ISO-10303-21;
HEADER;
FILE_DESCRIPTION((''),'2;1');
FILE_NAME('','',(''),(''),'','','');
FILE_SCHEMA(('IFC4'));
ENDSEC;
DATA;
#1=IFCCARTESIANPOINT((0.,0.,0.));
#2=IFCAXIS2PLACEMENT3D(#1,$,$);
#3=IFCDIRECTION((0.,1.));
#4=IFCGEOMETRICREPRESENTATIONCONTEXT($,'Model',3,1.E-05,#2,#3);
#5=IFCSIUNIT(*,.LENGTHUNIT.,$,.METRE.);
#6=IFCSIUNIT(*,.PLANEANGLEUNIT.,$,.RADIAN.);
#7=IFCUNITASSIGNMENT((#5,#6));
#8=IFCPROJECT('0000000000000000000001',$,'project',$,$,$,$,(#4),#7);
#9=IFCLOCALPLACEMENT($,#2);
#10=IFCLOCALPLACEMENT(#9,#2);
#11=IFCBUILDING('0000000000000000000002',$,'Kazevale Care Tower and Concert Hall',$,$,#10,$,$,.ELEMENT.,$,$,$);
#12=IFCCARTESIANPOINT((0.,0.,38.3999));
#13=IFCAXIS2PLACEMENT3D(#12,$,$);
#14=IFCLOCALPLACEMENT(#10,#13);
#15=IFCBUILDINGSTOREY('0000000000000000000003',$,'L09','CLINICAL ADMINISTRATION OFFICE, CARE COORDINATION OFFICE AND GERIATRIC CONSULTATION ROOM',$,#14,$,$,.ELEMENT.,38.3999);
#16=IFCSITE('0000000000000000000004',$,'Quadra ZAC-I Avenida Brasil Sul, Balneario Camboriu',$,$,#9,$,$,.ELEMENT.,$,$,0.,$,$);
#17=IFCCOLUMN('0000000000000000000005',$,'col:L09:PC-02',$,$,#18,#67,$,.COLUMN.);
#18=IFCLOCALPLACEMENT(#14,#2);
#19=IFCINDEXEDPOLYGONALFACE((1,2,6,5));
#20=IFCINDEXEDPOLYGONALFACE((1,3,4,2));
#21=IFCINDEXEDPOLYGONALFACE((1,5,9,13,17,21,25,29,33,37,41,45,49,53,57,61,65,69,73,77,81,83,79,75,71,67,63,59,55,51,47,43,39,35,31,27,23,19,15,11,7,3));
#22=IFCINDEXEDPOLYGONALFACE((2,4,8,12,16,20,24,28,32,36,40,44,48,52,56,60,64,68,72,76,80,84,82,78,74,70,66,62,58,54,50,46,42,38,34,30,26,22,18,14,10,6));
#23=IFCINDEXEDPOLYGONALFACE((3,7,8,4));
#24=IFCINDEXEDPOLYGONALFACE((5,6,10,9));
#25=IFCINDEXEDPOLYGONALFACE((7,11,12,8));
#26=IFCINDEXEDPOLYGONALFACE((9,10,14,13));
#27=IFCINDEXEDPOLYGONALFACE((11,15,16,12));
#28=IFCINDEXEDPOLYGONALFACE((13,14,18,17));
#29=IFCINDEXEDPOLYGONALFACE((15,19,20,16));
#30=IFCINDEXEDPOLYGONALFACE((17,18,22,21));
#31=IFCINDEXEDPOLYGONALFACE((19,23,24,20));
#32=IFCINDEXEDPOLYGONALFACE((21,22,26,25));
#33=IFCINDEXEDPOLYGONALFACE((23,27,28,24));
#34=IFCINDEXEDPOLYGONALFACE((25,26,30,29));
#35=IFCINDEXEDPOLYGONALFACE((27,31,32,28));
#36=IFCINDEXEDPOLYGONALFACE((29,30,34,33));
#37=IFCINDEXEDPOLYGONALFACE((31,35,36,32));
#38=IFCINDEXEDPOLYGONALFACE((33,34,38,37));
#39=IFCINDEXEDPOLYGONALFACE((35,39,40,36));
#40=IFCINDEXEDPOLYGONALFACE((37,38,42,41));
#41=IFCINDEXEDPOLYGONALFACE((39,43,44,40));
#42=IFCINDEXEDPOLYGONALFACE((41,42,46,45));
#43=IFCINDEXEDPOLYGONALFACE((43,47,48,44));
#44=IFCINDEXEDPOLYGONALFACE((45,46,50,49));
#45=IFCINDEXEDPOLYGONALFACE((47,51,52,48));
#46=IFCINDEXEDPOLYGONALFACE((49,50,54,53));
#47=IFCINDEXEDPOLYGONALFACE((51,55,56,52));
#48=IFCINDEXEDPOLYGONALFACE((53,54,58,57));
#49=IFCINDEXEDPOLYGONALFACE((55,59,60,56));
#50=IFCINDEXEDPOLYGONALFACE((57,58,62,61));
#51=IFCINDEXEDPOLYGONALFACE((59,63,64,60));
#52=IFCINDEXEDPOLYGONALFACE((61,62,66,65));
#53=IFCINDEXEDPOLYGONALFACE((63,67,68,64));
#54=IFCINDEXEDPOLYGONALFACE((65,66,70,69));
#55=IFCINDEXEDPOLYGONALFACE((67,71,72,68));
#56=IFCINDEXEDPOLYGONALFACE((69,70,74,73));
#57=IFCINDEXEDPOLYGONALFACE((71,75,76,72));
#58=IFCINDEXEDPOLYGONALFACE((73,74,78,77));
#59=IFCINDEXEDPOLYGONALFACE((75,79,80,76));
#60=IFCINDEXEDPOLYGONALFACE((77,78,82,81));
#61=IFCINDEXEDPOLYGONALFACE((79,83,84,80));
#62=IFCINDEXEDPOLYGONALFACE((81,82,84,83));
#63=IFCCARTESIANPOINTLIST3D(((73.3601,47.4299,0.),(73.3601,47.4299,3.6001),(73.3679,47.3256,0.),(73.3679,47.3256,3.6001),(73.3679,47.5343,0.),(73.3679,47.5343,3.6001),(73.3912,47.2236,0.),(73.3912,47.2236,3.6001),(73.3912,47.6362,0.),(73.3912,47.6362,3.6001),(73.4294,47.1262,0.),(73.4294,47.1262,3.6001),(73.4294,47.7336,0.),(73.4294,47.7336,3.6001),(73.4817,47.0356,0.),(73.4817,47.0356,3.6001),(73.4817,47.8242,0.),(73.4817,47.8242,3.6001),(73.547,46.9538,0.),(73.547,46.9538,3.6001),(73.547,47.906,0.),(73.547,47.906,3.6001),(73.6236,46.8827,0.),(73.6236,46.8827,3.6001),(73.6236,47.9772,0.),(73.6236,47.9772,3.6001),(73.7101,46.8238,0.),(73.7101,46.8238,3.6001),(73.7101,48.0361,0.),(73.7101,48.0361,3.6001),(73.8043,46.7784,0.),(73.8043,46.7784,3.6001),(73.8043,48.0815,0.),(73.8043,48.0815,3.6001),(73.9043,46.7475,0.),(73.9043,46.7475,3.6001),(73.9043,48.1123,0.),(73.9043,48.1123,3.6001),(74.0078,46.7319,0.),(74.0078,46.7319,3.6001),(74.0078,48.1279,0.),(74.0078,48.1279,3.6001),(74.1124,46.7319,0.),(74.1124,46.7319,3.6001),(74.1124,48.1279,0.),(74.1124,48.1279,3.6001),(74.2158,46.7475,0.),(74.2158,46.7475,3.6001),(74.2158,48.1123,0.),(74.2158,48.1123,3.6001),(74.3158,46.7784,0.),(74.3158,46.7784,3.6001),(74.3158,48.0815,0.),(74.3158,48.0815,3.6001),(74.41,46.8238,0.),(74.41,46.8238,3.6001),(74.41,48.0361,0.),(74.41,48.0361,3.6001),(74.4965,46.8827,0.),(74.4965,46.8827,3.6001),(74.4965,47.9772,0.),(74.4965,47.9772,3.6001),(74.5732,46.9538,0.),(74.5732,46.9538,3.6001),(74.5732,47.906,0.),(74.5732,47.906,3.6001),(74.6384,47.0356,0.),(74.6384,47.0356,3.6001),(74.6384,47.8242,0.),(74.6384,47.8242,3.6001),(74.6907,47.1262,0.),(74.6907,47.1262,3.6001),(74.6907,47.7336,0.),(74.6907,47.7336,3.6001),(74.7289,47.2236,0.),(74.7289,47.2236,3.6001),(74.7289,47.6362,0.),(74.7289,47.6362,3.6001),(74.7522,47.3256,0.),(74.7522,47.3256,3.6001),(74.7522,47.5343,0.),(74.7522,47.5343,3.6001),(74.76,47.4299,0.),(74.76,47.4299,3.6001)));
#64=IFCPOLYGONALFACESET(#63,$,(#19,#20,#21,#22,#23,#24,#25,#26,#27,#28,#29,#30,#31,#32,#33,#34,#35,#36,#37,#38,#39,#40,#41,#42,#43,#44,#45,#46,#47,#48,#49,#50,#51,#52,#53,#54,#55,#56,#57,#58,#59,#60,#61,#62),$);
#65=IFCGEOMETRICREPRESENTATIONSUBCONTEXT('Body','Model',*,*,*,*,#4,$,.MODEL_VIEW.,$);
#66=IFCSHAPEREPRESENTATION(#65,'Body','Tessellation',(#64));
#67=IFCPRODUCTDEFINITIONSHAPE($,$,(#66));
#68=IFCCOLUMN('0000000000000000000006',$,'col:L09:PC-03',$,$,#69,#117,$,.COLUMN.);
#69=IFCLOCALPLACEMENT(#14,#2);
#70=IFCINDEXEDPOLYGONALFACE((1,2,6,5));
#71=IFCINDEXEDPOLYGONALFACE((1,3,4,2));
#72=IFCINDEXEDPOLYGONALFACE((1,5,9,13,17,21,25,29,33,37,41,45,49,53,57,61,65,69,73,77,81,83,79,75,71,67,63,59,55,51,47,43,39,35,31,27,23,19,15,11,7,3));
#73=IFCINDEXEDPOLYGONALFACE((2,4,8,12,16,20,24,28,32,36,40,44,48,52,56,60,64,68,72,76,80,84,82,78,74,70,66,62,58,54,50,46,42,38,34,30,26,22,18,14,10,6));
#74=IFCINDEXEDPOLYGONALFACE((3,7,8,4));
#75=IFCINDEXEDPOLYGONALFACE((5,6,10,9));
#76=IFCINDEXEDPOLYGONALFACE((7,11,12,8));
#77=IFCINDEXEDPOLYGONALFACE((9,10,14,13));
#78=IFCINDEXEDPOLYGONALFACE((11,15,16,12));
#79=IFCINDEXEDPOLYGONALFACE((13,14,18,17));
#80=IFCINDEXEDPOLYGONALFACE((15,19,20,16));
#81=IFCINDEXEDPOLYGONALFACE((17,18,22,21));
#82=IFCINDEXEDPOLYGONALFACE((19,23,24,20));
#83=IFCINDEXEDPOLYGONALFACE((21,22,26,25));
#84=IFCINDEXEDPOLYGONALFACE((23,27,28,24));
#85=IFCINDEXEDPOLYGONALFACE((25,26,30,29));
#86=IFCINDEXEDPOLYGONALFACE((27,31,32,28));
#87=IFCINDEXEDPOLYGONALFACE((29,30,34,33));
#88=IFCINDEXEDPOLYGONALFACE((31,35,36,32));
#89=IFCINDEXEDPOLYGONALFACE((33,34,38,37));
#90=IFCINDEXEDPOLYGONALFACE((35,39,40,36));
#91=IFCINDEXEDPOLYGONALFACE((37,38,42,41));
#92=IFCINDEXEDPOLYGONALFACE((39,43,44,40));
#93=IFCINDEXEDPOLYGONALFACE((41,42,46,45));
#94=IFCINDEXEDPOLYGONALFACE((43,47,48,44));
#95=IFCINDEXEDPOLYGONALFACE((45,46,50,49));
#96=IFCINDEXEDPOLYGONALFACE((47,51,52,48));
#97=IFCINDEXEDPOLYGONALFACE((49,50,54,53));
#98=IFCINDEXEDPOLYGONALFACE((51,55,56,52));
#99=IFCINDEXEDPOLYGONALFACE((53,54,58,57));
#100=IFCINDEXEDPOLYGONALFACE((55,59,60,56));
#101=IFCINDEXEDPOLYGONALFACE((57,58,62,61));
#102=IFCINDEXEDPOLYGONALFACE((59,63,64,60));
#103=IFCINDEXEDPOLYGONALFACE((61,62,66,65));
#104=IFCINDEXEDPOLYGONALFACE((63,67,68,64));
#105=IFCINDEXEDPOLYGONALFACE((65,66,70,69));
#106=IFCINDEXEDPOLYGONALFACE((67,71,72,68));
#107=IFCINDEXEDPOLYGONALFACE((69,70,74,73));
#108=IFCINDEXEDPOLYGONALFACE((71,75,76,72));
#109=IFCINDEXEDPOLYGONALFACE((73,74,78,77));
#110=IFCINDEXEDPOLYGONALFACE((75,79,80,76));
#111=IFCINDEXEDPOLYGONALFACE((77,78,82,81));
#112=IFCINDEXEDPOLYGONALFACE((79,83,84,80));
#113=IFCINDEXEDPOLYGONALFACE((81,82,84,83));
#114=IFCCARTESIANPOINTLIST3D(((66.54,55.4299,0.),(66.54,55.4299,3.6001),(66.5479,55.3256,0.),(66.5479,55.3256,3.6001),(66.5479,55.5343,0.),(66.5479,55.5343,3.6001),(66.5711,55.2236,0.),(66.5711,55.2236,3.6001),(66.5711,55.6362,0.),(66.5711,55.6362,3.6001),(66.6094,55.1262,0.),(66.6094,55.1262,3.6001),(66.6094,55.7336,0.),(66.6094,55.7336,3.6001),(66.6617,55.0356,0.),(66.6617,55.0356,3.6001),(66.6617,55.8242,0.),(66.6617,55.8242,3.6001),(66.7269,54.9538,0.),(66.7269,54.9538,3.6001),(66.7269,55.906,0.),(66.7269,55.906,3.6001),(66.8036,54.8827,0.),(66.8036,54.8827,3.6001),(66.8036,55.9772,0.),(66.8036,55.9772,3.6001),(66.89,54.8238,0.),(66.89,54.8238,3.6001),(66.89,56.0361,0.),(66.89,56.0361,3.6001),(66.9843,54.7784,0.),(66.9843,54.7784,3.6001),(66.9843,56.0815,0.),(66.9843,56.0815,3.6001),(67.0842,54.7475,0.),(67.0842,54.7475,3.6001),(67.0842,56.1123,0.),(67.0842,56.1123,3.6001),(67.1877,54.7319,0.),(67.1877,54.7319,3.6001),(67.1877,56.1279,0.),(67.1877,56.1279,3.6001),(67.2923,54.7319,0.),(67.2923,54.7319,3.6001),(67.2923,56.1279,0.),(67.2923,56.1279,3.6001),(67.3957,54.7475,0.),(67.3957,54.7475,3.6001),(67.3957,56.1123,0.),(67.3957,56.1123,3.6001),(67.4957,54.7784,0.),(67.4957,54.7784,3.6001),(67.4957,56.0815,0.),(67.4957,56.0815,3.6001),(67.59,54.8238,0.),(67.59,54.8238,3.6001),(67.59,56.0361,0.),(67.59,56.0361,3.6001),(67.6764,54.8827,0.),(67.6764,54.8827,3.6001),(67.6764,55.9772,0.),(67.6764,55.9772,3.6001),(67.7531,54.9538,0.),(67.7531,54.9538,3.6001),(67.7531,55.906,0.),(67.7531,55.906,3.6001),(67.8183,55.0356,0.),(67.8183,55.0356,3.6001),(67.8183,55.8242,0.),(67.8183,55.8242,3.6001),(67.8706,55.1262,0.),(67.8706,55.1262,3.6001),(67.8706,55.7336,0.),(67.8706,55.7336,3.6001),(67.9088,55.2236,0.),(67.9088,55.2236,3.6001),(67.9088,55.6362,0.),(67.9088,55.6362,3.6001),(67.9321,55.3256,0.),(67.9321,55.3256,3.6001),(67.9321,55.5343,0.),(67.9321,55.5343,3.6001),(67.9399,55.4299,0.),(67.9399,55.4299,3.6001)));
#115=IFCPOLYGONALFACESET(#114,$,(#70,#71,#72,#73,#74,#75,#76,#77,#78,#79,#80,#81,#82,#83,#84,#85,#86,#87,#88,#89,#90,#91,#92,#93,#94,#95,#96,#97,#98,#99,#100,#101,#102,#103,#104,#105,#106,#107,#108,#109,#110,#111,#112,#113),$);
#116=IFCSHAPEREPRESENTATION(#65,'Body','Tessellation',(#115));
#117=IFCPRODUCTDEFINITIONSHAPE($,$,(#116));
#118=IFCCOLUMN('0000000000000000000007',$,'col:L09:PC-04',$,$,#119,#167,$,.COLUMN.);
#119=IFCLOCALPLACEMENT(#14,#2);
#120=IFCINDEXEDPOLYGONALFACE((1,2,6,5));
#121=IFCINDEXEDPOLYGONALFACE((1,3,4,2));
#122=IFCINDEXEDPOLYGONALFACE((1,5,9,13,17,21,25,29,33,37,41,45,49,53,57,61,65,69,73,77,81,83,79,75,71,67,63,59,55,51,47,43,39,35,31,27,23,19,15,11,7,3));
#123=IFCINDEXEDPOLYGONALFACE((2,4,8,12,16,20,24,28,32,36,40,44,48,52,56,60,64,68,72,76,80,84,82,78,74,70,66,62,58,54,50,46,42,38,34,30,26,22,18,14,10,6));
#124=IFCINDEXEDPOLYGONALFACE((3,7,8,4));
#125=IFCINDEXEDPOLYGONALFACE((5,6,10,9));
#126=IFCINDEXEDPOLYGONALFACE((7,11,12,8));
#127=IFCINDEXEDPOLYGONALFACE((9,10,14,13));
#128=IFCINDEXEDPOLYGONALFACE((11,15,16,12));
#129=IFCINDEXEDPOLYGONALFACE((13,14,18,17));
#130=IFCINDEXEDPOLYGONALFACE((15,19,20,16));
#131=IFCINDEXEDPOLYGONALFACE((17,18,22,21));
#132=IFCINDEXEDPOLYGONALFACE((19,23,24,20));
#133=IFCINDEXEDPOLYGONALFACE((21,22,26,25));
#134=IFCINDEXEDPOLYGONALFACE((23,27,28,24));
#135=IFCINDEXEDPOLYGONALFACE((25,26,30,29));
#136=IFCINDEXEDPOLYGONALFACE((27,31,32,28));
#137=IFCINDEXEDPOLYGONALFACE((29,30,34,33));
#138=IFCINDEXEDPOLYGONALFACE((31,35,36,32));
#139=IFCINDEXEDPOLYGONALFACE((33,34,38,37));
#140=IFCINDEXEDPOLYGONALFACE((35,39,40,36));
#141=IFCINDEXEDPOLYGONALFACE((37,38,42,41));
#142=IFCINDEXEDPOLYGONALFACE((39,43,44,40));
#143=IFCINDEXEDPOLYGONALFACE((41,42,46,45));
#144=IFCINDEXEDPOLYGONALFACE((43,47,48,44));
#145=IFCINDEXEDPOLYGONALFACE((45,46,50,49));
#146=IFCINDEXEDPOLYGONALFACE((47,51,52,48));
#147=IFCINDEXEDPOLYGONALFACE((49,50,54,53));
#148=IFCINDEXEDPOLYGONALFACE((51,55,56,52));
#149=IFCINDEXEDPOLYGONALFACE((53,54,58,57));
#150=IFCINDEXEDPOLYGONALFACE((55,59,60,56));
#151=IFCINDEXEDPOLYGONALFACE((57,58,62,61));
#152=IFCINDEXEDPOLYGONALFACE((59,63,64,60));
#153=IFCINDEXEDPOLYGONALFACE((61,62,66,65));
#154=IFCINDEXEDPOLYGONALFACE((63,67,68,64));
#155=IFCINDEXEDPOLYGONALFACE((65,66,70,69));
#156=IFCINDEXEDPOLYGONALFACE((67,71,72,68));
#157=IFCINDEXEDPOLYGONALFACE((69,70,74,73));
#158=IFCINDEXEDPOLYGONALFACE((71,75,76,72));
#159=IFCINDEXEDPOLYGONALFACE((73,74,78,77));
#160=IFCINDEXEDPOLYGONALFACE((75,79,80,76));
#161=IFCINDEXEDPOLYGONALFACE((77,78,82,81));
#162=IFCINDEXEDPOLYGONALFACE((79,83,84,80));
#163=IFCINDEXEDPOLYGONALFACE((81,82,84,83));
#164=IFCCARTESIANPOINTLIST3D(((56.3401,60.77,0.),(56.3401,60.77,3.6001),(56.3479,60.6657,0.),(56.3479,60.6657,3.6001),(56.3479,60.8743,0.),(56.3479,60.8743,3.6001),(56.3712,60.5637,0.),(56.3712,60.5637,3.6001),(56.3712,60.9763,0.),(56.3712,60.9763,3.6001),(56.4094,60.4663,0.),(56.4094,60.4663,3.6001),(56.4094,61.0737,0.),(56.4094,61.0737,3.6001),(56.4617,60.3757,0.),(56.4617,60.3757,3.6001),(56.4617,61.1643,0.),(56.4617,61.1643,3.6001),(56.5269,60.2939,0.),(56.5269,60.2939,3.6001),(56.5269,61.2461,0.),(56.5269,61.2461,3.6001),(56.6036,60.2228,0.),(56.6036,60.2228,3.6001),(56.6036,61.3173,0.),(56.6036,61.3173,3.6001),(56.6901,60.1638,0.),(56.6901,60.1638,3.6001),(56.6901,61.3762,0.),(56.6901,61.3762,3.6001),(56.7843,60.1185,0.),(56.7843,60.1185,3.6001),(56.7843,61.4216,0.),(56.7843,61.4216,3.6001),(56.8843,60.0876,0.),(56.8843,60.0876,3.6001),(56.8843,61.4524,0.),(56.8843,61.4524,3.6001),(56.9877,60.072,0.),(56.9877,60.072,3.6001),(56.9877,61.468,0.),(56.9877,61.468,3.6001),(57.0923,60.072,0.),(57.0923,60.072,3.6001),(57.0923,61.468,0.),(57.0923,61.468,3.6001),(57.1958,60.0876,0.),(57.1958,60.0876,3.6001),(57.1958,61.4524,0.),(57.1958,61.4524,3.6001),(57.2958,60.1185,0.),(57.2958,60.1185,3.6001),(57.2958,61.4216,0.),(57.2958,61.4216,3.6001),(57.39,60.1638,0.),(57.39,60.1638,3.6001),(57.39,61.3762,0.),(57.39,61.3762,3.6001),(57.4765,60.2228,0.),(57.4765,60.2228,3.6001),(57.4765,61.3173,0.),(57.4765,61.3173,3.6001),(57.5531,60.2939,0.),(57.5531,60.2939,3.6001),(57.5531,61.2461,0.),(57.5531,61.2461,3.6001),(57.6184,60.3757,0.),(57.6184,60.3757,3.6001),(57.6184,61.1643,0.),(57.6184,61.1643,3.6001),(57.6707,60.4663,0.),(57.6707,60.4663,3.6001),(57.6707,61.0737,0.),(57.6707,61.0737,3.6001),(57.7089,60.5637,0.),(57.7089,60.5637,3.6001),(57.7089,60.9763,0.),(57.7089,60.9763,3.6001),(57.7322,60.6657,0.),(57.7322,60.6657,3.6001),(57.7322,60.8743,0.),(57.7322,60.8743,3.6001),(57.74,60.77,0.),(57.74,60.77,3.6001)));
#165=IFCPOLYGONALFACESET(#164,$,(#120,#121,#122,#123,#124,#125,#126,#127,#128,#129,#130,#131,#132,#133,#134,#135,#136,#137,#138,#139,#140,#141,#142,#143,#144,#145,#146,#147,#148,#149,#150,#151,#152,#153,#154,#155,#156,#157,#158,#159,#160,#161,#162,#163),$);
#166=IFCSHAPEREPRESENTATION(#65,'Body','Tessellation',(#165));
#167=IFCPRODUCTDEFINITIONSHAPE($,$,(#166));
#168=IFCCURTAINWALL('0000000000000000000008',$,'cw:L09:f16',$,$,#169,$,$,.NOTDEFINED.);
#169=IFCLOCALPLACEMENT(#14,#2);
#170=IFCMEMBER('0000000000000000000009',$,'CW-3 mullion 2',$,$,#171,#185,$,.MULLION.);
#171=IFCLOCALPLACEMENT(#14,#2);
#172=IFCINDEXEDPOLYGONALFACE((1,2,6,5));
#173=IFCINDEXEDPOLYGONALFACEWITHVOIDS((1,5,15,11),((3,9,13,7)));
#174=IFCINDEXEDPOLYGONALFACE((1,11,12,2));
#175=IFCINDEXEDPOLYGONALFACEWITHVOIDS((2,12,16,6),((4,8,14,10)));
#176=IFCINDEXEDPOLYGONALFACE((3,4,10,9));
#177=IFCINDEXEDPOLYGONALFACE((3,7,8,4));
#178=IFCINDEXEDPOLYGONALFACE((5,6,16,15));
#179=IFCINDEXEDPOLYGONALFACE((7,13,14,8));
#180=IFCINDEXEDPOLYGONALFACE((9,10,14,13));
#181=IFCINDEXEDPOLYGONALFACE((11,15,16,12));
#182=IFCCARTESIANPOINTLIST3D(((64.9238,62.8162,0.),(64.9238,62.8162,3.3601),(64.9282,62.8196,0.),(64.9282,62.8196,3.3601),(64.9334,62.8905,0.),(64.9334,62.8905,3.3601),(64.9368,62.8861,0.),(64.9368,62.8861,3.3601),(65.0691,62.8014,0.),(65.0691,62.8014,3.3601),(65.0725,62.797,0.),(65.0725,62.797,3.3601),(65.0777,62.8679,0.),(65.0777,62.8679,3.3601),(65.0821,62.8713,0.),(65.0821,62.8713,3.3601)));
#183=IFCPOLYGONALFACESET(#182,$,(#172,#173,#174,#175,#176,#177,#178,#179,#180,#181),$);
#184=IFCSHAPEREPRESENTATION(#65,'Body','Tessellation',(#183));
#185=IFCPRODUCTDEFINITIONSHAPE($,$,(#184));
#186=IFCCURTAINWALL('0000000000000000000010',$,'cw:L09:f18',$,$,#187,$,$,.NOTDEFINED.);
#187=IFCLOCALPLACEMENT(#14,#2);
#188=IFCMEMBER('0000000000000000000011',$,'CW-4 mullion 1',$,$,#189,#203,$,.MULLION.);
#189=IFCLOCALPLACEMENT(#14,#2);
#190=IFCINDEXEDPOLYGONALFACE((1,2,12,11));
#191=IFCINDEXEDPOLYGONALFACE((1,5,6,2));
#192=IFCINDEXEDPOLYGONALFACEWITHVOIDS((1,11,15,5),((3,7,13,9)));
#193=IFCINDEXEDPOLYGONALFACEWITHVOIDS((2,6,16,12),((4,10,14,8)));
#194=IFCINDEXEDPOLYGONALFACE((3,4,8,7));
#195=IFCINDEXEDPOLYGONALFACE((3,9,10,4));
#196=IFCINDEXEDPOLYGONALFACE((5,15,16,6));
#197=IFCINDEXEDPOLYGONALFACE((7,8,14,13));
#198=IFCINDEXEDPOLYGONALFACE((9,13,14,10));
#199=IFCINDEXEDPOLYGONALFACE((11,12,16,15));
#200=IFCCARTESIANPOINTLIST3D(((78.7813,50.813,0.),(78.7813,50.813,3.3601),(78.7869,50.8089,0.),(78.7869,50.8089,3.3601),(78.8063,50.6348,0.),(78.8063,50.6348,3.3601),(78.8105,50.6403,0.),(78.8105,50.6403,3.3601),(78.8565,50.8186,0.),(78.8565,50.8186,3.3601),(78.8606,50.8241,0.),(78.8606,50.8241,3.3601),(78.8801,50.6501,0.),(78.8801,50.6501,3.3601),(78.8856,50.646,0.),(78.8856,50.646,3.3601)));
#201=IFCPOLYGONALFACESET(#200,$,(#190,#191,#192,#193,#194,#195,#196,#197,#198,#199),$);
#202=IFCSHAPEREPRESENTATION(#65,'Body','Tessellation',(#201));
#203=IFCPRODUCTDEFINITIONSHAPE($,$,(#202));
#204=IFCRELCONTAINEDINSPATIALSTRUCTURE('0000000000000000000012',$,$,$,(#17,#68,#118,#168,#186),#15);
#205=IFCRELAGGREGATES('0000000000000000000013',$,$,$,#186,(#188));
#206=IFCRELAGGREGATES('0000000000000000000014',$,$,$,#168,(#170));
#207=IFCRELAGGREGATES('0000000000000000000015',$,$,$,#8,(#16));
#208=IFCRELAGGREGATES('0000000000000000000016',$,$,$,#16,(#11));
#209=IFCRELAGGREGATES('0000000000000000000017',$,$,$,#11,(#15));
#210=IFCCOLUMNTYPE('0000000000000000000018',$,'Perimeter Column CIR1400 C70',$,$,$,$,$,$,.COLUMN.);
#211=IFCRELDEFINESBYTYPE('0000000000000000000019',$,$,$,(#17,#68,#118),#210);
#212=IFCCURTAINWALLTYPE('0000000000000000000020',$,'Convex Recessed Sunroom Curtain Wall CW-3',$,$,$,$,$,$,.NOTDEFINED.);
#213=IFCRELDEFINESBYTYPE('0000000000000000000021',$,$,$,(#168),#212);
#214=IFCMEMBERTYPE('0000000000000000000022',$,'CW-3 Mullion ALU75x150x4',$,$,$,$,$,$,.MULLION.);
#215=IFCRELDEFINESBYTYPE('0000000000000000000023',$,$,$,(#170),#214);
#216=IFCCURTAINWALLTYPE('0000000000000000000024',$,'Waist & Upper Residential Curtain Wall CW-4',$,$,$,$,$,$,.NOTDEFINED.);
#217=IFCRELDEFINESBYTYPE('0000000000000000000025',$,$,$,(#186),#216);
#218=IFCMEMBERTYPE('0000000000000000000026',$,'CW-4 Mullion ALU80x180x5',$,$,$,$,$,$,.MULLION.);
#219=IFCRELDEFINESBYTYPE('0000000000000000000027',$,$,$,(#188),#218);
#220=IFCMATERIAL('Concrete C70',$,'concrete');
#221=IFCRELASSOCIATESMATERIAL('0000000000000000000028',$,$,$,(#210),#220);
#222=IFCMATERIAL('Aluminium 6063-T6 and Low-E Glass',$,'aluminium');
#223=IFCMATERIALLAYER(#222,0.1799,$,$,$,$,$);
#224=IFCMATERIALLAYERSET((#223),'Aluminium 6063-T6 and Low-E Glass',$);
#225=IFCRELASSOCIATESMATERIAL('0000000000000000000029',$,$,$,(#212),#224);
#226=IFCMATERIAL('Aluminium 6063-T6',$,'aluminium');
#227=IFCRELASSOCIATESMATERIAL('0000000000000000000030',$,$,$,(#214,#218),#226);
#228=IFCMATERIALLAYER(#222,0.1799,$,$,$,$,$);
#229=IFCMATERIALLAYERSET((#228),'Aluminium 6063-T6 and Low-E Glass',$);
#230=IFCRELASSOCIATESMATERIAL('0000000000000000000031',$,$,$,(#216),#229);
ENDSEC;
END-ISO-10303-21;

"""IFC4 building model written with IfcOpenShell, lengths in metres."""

from ifc_helpers import new_model, si_unit, direction, frame, origin, origin_2d, place, context, subcontext, project, spatial, hollow_rectangle, circle, extrude, material, layer, layer_set, material_profile, profile_set, type_object, element, aggregate, save


model = new_model("IFC4")

# Units and contexts
model_context = context("Model", 3, precision=1e-05, world=origin(), true_north=direction((0.0, 1.0)))
body_context = subcontext(model_context, "Body", "Model", "MODEL_VIEW")
ifc_project = project(units=[si_unit("LENGTHUNIT", "METRE"), si_unit("PLANEANGLEUNIT", "RADIAN")], contexts=[model_context])

# Site, building, storey
site_placement = place(None, origin())
site = spatial("IfcSite", under=ifc_project, at=site_placement, Name="Quadra ZAC-I Avenida Brasil Sul, Balneario Camboriu", CompositionType="ELEMENT", RefElevation=0.0)
building_placement = place(site_placement, origin())
building = spatial("IfcBuilding", under=site, at=building_placement, Name="Kazevale Care Tower and Concert Hall", CompositionType="ELEMENT")
storey_placement = place(building_placement, frame((0.0, 0.0, 38.3999)))
storey = spatial("IfcBuildingStorey", under=building, at=storey_placement, Name="L09", Description="CLINICAL ADMINISTRATION OFFICE, CARE COORDINATION OFFICE AND GERIATRIC CONSULTATION ROOM", CompositionType="ELEMENT", Elevation=38.3999)

# Columns
ifc_material_1 = material(Name="Concrete C70", Category="concrete")
ifc_material_profile_1 = material_profile(ifc_material_1, circle(Radius=0.7, at=origin_2d()), Name="RC-CIR1400")
ifc_profile_set_1 = profile_set([ifc_material_profile_1], Name="Concrete C70")
column_type = type_object("IfcColumnType", Name="Perimeter Column CIR1400 C70", PredefinedType="COLUMN", material=ifc_profile_set_1)
for number, where, z_axis, x_axis, name in (
    (1, (74.0601, 47.4299, 0.0), (0.0, 0.0, 1.0), (1.0, 0.0, 0.0), "col:L09:PC-02"),
    (2, (67.24, 55.4299, 0.0), (0.0, 0.0, 1.0), (1.0, 0.0, 0.0), "col:L09:PC-03"),
    (3, (57.04, 60.77, 0.0), (0.0, 0.0, 1.0), (1.0, 0.0, 0.0), "col:L09:PC-04"),
):
    element("IfcColumn", number, at=place(storey_placement, frame(where, z_axis=z_axis, x_axis=x_axis)), inside=storey, type_object=column_type, Name=name, PredefinedType="COLUMN", context=body_context, shape_type="SweptSolid", body=[
        extrude(circle(Radius=0.7, at=origin_2d()), origin(), (0.0, 0.0, 1.0), 3.6001),
    ])

# Curtain wall, member
ifc_material_2 = material(Name="Aluminium 6063-T6 and Low-E Glass", Category="aluminium")
ifc_layer_1 = layer(ifc_material_2, 0.1799)
ifc_layer_set_1 = layer_set([ifc_layer_1], Name="Aluminium 6063-T6 and Low-E Glass")
curtain_wall_type_1 = type_object("IfcCurtainWallType", Name="Convex Recessed Sunroom Curtain Wall CW-3", PredefinedType="NOTDEFINED", material=ifc_layer_set_1)
curtain_wall_1_placement = place(storey_placement, origin())
curtain_wall_1 = element("IfcCurtainWall", 4, at=curtain_wall_1_placement, inside=storey, type_object=curtain_wall_type_1, Name="cw:L09:f16", PredefinedType="NOTDEFINED")
ifc_material_3 = material(Name="Aluminium 6063-T6", Category="aluminium")
ifc_material_profile_2 = material_profile(ifc_material_3, hollow_rectangle(XDim=0.075, YDim=0.1499, WallThickness=0.0039, at=origin_2d()), Name="ALU75x150x4")
ifc_profile_set_2 = profile_set([ifc_material_profile_2], Name="Aluminium 6063-T6")
member_type_1 = type_object("IfcMemberType", Name="CW-3 Mullion ALU75x150x4", PredefinedType="MULLION", material=ifc_profile_set_2)
member_1_placement = place(storey_placement, frame((65.0029, 62.8438, 0.0), z_axis=(0.0, 0.0, 1.0), x_axis=(0.128086, 0.991763, 0.0)))
member_1 = element("IfcMember", 5, at=member_1_placement, type_object=member_type_1, Name="CW-3 mullion 2", PredefinedType="MULLION", context=body_context, shape_type="SweptSolid", body=[
    extrude(hollow_rectangle(XDim=0.075, YDim=0.1499, WallThickness=0.0039, at=origin_2d()), origin(), (0.0, 0.0, 1.0), 3.3601),
])

# Curtain wall, member
ifc_layer_2 = layer(ifc_material_2, 0.1799)
ifc_layer_set_2 = layer_set([ifc_layer_2], Name="Aluminium 6063-T6 and Low-E Glass")
curtain_wall_type_2 = type_object("IfcCurtainWallType", Name="Waist & Upper Residential Curtain Wall CW-4", PredefinedType="NOTDEFINED", material=ifc_layer_set_2)
curtain_wall_2_placement = place(storey_placement, origin())
curtain_wall_2 = element("IfcCurtainWall", 6, at=curtain_wall_2_placement, inside=storey, type_object=curtain_wall_type_2, Name="cw:L09:f18", PredefinedType="NOTDEFINED")
ifc_material_profile_3 = material_profile(ifc_material_3, hollow_rectangle(XDim=0.0801, YDim=0.1799, WallThickness=0.0049, at=origin_2d()), Name="ALU80x180x5")
ifc_profile_set_3 = profile_set([ifc_material_profile_3], Name="Aluminium 6063-T6")
member_type_2 = type_object("IfcMemberType", Name="CW-4 Mullion ALU80x180x5", PredefinedType="MULLION", material=ifc_profile_set_3)
member_2_placement = place(storey_placement, frame((78.8335, 50.7295, 0.0), z_axis=(0.0, 0.0, 1.0), x_axis=(0.990295, 0.138978, 0.0)))
member_2 = element("IfcMember", 7, at=member_2_placement, type_object=member_type_2, Name="CW-4 mullion 1", PredefinedType="MULLION", context=body_context, shape_type="SweptSolid", body=[
    extrude(hollow_rectangle(XDim=0.0801, YDim=0.1799, WallThickness=0.0049, at=origin_2d()), origin(), (0.0, 0.0, 1.0), 3.3601),
])
aggregate(curtain_wall_2, [member_2])

aggregate(curtain_wall_1, [member_1])

save(model, "model.ifc")
